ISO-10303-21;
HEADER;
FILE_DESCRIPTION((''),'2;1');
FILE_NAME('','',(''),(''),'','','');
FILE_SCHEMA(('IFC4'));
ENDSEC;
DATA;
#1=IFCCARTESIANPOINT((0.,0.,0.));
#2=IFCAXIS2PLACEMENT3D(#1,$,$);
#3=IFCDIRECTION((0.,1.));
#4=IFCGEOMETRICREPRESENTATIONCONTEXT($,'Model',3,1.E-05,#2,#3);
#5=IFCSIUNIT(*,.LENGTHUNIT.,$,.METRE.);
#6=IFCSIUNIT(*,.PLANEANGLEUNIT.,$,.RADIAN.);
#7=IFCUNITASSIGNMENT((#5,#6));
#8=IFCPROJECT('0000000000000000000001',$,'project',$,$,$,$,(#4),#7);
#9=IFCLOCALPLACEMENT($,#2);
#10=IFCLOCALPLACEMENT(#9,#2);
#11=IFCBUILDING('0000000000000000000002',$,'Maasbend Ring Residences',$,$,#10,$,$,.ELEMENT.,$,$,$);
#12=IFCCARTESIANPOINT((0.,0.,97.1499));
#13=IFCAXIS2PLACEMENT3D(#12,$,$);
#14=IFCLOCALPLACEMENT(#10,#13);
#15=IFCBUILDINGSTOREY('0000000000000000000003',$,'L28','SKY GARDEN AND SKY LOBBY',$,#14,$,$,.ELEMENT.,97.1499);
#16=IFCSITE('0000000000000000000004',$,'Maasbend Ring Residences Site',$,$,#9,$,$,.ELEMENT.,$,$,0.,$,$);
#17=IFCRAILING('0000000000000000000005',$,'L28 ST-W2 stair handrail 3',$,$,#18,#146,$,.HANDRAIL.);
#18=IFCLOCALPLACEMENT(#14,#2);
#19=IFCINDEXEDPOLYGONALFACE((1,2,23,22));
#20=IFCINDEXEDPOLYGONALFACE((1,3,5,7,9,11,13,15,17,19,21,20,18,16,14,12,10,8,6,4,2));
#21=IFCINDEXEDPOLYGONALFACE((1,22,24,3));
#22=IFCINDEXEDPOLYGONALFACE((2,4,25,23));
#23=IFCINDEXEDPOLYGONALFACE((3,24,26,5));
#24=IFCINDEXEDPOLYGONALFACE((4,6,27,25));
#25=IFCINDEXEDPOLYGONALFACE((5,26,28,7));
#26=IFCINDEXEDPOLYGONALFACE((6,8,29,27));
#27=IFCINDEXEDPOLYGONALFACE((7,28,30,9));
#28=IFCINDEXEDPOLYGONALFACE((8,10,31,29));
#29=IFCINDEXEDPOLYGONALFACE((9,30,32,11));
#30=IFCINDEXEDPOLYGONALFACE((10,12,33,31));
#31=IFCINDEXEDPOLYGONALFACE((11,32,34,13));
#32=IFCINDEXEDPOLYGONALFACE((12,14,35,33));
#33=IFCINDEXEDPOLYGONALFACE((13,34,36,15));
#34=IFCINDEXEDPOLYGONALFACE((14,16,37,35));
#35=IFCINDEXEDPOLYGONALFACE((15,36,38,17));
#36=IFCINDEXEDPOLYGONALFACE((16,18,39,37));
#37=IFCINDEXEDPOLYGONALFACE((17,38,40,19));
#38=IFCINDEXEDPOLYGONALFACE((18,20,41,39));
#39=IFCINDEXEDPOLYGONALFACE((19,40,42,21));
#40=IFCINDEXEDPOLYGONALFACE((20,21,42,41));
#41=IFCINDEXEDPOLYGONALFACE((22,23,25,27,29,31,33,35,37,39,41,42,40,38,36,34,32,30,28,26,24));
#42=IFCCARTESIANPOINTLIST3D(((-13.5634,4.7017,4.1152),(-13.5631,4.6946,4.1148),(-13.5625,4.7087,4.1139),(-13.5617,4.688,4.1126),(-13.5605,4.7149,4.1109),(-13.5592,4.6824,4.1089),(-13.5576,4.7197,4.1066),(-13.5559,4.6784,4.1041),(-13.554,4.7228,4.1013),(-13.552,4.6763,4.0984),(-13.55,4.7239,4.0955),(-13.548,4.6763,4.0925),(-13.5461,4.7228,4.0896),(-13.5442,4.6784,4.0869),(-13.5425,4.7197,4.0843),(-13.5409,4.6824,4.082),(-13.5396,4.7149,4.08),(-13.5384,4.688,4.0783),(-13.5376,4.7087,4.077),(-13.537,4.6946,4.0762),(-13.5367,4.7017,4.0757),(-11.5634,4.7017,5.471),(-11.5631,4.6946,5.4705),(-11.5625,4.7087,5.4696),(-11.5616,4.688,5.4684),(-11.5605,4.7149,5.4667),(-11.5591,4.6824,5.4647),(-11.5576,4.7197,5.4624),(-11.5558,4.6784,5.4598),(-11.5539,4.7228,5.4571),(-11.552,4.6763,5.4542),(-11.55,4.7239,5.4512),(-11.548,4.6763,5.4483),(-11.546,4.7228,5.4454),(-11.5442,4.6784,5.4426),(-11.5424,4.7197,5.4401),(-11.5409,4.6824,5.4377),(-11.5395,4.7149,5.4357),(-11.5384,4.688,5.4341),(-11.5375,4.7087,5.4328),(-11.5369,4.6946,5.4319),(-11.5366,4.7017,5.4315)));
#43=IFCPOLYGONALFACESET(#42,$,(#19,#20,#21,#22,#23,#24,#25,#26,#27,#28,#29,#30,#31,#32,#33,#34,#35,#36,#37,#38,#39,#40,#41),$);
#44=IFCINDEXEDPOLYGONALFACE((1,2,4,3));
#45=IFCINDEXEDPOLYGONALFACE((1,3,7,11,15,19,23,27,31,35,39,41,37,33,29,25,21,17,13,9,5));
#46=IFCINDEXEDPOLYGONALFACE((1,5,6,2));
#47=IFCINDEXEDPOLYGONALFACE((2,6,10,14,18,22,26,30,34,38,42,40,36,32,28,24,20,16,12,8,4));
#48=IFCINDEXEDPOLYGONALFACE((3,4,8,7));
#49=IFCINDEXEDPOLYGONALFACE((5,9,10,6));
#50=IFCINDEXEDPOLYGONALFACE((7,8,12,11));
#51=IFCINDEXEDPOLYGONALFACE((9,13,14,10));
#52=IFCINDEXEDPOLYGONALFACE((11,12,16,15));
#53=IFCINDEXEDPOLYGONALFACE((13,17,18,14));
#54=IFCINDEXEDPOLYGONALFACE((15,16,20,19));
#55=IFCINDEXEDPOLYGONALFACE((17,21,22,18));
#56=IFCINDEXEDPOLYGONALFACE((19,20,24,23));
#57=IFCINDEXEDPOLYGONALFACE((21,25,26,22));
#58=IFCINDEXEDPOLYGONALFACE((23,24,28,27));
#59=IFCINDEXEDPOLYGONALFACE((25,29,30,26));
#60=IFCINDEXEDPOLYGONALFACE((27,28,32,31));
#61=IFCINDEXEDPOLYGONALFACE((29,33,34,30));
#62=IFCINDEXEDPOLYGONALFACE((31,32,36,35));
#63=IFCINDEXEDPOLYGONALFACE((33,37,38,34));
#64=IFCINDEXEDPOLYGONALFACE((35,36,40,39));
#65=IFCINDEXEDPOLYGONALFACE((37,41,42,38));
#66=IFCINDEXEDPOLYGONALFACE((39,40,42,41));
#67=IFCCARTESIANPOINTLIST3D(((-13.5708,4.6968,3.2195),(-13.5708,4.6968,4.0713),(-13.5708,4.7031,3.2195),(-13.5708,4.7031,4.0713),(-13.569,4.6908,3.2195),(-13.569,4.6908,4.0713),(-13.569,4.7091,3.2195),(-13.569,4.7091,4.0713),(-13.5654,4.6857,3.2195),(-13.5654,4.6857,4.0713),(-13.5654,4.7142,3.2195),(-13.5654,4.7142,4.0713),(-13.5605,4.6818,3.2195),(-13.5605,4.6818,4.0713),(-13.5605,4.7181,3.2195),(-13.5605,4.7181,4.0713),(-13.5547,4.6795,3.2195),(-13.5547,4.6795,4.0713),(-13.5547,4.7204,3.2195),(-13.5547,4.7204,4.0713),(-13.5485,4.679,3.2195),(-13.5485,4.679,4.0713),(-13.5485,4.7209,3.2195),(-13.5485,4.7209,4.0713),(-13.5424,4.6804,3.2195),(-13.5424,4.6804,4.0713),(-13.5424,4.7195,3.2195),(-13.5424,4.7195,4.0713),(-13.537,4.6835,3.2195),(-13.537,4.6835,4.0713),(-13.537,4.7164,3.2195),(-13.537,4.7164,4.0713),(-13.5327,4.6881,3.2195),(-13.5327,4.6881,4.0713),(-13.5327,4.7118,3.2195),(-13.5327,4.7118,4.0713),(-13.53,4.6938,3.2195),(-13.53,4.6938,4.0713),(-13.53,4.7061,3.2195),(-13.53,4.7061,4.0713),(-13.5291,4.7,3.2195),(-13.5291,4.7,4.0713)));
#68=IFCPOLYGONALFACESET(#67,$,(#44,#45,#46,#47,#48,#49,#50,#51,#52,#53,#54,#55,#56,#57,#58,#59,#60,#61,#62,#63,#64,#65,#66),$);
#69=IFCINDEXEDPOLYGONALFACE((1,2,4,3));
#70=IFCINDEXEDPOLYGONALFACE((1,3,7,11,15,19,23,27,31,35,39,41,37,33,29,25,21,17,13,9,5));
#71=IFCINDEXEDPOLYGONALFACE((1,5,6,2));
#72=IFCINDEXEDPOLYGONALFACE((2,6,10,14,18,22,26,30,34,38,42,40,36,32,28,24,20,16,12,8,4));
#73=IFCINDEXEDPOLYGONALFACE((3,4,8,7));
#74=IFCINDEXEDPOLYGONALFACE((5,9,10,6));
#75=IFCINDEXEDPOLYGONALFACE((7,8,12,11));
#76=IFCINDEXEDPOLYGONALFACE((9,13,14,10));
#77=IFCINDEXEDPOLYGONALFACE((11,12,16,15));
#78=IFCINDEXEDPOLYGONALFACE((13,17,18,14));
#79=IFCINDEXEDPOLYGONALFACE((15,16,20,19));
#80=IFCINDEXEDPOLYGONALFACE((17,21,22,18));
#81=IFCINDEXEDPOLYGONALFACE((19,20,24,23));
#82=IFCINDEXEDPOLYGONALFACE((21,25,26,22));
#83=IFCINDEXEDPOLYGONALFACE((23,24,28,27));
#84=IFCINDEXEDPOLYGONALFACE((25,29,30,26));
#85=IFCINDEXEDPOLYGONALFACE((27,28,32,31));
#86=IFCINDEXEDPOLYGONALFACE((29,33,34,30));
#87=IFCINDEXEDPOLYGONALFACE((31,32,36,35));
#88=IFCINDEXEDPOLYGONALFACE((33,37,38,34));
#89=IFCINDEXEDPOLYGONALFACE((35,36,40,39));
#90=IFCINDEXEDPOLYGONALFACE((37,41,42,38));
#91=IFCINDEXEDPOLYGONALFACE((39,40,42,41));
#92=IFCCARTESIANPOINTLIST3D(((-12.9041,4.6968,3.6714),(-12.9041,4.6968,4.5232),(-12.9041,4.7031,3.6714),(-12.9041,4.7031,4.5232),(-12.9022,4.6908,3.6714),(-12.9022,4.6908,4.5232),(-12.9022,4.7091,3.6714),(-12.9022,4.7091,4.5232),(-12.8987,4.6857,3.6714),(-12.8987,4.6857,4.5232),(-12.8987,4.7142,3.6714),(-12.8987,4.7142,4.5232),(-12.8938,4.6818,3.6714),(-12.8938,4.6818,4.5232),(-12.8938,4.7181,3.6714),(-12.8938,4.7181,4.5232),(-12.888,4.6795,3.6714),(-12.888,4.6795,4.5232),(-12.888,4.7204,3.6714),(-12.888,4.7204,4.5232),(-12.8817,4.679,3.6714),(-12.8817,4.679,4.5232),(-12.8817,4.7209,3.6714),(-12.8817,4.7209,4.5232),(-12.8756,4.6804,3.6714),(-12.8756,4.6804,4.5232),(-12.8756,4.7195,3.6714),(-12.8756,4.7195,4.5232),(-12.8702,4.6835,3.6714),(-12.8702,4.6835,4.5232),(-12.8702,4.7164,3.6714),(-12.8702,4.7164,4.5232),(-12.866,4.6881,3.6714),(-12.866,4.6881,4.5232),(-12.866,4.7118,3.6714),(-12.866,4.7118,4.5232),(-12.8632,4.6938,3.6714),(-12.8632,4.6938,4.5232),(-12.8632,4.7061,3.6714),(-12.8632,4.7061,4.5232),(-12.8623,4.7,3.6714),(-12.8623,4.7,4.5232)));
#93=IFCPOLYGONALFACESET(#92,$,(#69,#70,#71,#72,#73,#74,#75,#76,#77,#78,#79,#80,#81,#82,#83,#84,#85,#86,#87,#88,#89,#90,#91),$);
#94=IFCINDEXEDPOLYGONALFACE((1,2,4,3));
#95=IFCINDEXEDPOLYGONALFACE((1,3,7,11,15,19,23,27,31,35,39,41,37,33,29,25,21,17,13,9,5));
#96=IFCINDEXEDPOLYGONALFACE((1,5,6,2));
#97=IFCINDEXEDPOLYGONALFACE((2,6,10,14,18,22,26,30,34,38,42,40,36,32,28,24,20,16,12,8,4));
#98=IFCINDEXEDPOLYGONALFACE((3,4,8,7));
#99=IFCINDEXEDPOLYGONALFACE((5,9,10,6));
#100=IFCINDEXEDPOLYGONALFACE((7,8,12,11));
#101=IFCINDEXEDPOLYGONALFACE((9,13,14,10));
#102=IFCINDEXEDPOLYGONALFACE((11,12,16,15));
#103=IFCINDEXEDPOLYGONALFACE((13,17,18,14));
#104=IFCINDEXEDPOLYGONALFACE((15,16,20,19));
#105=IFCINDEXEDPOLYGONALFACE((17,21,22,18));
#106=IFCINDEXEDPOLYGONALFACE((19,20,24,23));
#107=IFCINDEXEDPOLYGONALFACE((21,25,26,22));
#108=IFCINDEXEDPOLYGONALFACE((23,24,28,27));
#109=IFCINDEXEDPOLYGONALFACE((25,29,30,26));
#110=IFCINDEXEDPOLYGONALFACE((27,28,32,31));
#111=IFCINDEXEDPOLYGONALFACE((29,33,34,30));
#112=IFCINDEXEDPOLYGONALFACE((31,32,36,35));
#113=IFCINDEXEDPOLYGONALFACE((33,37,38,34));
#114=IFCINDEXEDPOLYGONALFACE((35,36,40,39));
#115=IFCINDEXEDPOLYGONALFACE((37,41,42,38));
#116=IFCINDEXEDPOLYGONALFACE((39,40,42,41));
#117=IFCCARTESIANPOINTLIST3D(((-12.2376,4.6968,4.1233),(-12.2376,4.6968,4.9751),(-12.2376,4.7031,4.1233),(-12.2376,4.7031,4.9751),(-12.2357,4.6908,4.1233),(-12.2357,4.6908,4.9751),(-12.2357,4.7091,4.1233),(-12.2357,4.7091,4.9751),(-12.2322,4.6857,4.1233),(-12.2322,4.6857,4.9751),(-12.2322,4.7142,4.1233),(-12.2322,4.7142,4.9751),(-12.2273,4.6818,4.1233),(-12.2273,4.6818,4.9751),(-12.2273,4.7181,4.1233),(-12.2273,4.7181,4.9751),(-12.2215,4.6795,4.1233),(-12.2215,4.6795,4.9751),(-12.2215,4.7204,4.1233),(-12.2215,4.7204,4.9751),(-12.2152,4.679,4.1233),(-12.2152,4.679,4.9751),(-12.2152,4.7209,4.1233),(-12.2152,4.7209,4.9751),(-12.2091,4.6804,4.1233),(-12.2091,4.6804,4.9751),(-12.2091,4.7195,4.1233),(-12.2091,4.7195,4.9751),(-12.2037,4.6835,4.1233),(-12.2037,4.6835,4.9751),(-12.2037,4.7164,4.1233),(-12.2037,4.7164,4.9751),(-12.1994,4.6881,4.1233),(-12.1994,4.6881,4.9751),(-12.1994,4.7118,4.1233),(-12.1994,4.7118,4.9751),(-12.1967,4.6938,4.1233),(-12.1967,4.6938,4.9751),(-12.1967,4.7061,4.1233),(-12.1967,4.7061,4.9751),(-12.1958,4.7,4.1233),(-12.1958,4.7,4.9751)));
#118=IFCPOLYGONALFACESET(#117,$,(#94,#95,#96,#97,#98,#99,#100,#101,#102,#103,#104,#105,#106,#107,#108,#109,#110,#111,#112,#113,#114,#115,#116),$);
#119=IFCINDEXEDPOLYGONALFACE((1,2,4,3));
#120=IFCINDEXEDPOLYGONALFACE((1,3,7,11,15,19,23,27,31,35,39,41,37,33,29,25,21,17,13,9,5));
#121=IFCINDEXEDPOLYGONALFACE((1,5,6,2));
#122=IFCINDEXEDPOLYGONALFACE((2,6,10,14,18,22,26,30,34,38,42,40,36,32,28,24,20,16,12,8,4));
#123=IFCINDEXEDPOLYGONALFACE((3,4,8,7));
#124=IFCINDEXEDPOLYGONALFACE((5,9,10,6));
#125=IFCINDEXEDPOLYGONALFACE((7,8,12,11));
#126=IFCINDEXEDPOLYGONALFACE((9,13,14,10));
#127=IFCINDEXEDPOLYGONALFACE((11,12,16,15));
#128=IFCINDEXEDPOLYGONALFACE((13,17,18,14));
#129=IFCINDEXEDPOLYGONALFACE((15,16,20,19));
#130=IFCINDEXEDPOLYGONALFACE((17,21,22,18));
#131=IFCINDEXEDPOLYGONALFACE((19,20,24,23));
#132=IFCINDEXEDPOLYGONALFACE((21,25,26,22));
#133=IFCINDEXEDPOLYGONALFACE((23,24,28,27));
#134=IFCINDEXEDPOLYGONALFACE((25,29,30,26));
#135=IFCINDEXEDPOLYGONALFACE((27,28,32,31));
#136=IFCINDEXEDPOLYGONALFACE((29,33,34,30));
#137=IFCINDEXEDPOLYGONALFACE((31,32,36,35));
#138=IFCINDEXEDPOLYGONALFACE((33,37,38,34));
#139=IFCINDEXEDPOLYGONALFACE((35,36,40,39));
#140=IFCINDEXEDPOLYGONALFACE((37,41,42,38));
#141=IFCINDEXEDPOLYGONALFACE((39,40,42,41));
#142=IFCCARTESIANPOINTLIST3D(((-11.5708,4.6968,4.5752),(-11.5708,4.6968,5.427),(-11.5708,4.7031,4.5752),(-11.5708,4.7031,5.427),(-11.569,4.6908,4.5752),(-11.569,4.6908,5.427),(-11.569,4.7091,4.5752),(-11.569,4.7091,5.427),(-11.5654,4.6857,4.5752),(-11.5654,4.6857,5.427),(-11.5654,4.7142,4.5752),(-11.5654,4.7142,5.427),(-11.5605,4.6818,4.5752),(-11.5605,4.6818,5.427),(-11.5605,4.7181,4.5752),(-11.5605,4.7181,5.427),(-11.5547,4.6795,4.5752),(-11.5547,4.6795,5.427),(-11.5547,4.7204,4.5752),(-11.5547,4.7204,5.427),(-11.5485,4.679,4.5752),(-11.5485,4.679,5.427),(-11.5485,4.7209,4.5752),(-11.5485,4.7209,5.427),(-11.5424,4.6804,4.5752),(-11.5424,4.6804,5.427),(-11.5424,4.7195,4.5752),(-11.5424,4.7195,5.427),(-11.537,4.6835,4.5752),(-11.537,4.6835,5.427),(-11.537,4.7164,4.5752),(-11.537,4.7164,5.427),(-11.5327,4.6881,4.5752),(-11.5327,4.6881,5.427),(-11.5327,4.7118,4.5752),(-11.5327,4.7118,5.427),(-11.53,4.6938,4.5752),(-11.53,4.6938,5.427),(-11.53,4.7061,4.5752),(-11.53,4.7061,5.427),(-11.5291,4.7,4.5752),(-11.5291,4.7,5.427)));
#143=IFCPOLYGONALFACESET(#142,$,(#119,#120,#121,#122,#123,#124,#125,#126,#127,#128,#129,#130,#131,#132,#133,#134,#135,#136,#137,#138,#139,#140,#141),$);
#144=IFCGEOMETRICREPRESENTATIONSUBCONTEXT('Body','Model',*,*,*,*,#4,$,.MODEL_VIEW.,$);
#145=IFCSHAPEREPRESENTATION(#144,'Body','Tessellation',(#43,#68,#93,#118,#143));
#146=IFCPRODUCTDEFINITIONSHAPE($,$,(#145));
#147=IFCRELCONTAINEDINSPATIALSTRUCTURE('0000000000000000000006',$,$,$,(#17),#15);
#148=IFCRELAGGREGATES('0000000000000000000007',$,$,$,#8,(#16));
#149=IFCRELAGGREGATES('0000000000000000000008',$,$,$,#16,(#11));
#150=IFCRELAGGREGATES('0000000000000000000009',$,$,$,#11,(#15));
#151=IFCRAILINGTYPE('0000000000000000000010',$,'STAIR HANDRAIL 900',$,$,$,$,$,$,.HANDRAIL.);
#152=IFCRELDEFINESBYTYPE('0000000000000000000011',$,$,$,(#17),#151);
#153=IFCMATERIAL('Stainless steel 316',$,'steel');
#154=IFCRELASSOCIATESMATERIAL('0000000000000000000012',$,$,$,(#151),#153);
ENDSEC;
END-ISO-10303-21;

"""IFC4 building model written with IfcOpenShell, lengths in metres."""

from ifc_helpers import new_model, si_unit, direction, frame, origin, origin_2d, place, context, subcontext, project, spatial, circle, extrude, material, type_object, element, save


model = new_model("IFC4")

# Units and contexts
model_context = context("Model", 3, precision=1e-05, world=origin(), true_north=direction((0.0, 1.0)))
body_context = subcontext(model_context, "Body", "Model", "MODEL_VIEW")
ifc_project = project(units=[si_unit("LENGTHUNIT", "METRE"), si_unit("PLANEANGLEUNIT", "RADIAN")], contexts=[model_context])

# Site, building, storey
site_placement = place(None, origin())
site = spatial("IfcSite", under=ifc_project, at=site_placement, Name="Maasbend Ring Residences Site", CompositionType="ELEMENT", RefElevation=0.0)
building_placement = place(site_placement, origin())
building = spatial("IfcBuilding", under=site, at=building_placement, Name="Maasbend Ring Residences", CompositionType="ELEMENT")
storey_placement = place(building_placement, frame((0.0, 0.0, 97.1499)))
storey = spatial("IfcBuildingStorey", under=building, at=storey_placement, Name="L28", Description="SKY GARDEN AND SKY LOBBY", CompositionType="ELEMENT", Elevation=97.1499)

# Railing
ifc_material_1 = material(Name="Stainless steel 316", Category="steel")
railing_type_1 = type_object("IfcRailingType", Name="STAIR HANDRAIL 900", PredefinedType="HANDRAIL", material=ifc_material_1)
for number, where, name in (
    (1, (-13.55, 4.7, 3.2195), "L28 ST-W2 stair handrail 3"),
):
    element("IfcRailing", number, at=place(storey_placement, frame(where)), inside=storey, type_object=railing_type_1, Name=name, PredefinedType="HANDRAIL", context=body_context, shape_type="SweptSolid", body=[
        extrude(circle(Radius=0.0239, at=origin_2d()), frame((0.0, 0.0, 0.876), z_axis=(0.827751, 0.0, 0.561096), x_axis=(0.0, 1.0, 0.0)), (0.0, 0.0, 1.0), 2.4163),
        extrude(circle(Radius=0.021, at=origin_2d()), origin(), (0.0, 0.0, 1.0), 0.8518),
        extrude(circle(Radius=0.021, at=origin_2d()), frame((0.6667, 0.0, 0.4519)), (0.0, 0.0, 1.0), 0.8518),
        extrude(circle(Radius=0.021, at=origin_2d()), frame((1.3333, 0.0, 0.9038)), (0.0, 0.0, 1.0), 0.8518),
        extrude(circle(Radius=0.021, at=origin_2d()), frame((2.0, 0.0, 1.3557)), (0.0, 0.0, 1.0), 0.8518),
    ])

save(model, "model.ifc")
